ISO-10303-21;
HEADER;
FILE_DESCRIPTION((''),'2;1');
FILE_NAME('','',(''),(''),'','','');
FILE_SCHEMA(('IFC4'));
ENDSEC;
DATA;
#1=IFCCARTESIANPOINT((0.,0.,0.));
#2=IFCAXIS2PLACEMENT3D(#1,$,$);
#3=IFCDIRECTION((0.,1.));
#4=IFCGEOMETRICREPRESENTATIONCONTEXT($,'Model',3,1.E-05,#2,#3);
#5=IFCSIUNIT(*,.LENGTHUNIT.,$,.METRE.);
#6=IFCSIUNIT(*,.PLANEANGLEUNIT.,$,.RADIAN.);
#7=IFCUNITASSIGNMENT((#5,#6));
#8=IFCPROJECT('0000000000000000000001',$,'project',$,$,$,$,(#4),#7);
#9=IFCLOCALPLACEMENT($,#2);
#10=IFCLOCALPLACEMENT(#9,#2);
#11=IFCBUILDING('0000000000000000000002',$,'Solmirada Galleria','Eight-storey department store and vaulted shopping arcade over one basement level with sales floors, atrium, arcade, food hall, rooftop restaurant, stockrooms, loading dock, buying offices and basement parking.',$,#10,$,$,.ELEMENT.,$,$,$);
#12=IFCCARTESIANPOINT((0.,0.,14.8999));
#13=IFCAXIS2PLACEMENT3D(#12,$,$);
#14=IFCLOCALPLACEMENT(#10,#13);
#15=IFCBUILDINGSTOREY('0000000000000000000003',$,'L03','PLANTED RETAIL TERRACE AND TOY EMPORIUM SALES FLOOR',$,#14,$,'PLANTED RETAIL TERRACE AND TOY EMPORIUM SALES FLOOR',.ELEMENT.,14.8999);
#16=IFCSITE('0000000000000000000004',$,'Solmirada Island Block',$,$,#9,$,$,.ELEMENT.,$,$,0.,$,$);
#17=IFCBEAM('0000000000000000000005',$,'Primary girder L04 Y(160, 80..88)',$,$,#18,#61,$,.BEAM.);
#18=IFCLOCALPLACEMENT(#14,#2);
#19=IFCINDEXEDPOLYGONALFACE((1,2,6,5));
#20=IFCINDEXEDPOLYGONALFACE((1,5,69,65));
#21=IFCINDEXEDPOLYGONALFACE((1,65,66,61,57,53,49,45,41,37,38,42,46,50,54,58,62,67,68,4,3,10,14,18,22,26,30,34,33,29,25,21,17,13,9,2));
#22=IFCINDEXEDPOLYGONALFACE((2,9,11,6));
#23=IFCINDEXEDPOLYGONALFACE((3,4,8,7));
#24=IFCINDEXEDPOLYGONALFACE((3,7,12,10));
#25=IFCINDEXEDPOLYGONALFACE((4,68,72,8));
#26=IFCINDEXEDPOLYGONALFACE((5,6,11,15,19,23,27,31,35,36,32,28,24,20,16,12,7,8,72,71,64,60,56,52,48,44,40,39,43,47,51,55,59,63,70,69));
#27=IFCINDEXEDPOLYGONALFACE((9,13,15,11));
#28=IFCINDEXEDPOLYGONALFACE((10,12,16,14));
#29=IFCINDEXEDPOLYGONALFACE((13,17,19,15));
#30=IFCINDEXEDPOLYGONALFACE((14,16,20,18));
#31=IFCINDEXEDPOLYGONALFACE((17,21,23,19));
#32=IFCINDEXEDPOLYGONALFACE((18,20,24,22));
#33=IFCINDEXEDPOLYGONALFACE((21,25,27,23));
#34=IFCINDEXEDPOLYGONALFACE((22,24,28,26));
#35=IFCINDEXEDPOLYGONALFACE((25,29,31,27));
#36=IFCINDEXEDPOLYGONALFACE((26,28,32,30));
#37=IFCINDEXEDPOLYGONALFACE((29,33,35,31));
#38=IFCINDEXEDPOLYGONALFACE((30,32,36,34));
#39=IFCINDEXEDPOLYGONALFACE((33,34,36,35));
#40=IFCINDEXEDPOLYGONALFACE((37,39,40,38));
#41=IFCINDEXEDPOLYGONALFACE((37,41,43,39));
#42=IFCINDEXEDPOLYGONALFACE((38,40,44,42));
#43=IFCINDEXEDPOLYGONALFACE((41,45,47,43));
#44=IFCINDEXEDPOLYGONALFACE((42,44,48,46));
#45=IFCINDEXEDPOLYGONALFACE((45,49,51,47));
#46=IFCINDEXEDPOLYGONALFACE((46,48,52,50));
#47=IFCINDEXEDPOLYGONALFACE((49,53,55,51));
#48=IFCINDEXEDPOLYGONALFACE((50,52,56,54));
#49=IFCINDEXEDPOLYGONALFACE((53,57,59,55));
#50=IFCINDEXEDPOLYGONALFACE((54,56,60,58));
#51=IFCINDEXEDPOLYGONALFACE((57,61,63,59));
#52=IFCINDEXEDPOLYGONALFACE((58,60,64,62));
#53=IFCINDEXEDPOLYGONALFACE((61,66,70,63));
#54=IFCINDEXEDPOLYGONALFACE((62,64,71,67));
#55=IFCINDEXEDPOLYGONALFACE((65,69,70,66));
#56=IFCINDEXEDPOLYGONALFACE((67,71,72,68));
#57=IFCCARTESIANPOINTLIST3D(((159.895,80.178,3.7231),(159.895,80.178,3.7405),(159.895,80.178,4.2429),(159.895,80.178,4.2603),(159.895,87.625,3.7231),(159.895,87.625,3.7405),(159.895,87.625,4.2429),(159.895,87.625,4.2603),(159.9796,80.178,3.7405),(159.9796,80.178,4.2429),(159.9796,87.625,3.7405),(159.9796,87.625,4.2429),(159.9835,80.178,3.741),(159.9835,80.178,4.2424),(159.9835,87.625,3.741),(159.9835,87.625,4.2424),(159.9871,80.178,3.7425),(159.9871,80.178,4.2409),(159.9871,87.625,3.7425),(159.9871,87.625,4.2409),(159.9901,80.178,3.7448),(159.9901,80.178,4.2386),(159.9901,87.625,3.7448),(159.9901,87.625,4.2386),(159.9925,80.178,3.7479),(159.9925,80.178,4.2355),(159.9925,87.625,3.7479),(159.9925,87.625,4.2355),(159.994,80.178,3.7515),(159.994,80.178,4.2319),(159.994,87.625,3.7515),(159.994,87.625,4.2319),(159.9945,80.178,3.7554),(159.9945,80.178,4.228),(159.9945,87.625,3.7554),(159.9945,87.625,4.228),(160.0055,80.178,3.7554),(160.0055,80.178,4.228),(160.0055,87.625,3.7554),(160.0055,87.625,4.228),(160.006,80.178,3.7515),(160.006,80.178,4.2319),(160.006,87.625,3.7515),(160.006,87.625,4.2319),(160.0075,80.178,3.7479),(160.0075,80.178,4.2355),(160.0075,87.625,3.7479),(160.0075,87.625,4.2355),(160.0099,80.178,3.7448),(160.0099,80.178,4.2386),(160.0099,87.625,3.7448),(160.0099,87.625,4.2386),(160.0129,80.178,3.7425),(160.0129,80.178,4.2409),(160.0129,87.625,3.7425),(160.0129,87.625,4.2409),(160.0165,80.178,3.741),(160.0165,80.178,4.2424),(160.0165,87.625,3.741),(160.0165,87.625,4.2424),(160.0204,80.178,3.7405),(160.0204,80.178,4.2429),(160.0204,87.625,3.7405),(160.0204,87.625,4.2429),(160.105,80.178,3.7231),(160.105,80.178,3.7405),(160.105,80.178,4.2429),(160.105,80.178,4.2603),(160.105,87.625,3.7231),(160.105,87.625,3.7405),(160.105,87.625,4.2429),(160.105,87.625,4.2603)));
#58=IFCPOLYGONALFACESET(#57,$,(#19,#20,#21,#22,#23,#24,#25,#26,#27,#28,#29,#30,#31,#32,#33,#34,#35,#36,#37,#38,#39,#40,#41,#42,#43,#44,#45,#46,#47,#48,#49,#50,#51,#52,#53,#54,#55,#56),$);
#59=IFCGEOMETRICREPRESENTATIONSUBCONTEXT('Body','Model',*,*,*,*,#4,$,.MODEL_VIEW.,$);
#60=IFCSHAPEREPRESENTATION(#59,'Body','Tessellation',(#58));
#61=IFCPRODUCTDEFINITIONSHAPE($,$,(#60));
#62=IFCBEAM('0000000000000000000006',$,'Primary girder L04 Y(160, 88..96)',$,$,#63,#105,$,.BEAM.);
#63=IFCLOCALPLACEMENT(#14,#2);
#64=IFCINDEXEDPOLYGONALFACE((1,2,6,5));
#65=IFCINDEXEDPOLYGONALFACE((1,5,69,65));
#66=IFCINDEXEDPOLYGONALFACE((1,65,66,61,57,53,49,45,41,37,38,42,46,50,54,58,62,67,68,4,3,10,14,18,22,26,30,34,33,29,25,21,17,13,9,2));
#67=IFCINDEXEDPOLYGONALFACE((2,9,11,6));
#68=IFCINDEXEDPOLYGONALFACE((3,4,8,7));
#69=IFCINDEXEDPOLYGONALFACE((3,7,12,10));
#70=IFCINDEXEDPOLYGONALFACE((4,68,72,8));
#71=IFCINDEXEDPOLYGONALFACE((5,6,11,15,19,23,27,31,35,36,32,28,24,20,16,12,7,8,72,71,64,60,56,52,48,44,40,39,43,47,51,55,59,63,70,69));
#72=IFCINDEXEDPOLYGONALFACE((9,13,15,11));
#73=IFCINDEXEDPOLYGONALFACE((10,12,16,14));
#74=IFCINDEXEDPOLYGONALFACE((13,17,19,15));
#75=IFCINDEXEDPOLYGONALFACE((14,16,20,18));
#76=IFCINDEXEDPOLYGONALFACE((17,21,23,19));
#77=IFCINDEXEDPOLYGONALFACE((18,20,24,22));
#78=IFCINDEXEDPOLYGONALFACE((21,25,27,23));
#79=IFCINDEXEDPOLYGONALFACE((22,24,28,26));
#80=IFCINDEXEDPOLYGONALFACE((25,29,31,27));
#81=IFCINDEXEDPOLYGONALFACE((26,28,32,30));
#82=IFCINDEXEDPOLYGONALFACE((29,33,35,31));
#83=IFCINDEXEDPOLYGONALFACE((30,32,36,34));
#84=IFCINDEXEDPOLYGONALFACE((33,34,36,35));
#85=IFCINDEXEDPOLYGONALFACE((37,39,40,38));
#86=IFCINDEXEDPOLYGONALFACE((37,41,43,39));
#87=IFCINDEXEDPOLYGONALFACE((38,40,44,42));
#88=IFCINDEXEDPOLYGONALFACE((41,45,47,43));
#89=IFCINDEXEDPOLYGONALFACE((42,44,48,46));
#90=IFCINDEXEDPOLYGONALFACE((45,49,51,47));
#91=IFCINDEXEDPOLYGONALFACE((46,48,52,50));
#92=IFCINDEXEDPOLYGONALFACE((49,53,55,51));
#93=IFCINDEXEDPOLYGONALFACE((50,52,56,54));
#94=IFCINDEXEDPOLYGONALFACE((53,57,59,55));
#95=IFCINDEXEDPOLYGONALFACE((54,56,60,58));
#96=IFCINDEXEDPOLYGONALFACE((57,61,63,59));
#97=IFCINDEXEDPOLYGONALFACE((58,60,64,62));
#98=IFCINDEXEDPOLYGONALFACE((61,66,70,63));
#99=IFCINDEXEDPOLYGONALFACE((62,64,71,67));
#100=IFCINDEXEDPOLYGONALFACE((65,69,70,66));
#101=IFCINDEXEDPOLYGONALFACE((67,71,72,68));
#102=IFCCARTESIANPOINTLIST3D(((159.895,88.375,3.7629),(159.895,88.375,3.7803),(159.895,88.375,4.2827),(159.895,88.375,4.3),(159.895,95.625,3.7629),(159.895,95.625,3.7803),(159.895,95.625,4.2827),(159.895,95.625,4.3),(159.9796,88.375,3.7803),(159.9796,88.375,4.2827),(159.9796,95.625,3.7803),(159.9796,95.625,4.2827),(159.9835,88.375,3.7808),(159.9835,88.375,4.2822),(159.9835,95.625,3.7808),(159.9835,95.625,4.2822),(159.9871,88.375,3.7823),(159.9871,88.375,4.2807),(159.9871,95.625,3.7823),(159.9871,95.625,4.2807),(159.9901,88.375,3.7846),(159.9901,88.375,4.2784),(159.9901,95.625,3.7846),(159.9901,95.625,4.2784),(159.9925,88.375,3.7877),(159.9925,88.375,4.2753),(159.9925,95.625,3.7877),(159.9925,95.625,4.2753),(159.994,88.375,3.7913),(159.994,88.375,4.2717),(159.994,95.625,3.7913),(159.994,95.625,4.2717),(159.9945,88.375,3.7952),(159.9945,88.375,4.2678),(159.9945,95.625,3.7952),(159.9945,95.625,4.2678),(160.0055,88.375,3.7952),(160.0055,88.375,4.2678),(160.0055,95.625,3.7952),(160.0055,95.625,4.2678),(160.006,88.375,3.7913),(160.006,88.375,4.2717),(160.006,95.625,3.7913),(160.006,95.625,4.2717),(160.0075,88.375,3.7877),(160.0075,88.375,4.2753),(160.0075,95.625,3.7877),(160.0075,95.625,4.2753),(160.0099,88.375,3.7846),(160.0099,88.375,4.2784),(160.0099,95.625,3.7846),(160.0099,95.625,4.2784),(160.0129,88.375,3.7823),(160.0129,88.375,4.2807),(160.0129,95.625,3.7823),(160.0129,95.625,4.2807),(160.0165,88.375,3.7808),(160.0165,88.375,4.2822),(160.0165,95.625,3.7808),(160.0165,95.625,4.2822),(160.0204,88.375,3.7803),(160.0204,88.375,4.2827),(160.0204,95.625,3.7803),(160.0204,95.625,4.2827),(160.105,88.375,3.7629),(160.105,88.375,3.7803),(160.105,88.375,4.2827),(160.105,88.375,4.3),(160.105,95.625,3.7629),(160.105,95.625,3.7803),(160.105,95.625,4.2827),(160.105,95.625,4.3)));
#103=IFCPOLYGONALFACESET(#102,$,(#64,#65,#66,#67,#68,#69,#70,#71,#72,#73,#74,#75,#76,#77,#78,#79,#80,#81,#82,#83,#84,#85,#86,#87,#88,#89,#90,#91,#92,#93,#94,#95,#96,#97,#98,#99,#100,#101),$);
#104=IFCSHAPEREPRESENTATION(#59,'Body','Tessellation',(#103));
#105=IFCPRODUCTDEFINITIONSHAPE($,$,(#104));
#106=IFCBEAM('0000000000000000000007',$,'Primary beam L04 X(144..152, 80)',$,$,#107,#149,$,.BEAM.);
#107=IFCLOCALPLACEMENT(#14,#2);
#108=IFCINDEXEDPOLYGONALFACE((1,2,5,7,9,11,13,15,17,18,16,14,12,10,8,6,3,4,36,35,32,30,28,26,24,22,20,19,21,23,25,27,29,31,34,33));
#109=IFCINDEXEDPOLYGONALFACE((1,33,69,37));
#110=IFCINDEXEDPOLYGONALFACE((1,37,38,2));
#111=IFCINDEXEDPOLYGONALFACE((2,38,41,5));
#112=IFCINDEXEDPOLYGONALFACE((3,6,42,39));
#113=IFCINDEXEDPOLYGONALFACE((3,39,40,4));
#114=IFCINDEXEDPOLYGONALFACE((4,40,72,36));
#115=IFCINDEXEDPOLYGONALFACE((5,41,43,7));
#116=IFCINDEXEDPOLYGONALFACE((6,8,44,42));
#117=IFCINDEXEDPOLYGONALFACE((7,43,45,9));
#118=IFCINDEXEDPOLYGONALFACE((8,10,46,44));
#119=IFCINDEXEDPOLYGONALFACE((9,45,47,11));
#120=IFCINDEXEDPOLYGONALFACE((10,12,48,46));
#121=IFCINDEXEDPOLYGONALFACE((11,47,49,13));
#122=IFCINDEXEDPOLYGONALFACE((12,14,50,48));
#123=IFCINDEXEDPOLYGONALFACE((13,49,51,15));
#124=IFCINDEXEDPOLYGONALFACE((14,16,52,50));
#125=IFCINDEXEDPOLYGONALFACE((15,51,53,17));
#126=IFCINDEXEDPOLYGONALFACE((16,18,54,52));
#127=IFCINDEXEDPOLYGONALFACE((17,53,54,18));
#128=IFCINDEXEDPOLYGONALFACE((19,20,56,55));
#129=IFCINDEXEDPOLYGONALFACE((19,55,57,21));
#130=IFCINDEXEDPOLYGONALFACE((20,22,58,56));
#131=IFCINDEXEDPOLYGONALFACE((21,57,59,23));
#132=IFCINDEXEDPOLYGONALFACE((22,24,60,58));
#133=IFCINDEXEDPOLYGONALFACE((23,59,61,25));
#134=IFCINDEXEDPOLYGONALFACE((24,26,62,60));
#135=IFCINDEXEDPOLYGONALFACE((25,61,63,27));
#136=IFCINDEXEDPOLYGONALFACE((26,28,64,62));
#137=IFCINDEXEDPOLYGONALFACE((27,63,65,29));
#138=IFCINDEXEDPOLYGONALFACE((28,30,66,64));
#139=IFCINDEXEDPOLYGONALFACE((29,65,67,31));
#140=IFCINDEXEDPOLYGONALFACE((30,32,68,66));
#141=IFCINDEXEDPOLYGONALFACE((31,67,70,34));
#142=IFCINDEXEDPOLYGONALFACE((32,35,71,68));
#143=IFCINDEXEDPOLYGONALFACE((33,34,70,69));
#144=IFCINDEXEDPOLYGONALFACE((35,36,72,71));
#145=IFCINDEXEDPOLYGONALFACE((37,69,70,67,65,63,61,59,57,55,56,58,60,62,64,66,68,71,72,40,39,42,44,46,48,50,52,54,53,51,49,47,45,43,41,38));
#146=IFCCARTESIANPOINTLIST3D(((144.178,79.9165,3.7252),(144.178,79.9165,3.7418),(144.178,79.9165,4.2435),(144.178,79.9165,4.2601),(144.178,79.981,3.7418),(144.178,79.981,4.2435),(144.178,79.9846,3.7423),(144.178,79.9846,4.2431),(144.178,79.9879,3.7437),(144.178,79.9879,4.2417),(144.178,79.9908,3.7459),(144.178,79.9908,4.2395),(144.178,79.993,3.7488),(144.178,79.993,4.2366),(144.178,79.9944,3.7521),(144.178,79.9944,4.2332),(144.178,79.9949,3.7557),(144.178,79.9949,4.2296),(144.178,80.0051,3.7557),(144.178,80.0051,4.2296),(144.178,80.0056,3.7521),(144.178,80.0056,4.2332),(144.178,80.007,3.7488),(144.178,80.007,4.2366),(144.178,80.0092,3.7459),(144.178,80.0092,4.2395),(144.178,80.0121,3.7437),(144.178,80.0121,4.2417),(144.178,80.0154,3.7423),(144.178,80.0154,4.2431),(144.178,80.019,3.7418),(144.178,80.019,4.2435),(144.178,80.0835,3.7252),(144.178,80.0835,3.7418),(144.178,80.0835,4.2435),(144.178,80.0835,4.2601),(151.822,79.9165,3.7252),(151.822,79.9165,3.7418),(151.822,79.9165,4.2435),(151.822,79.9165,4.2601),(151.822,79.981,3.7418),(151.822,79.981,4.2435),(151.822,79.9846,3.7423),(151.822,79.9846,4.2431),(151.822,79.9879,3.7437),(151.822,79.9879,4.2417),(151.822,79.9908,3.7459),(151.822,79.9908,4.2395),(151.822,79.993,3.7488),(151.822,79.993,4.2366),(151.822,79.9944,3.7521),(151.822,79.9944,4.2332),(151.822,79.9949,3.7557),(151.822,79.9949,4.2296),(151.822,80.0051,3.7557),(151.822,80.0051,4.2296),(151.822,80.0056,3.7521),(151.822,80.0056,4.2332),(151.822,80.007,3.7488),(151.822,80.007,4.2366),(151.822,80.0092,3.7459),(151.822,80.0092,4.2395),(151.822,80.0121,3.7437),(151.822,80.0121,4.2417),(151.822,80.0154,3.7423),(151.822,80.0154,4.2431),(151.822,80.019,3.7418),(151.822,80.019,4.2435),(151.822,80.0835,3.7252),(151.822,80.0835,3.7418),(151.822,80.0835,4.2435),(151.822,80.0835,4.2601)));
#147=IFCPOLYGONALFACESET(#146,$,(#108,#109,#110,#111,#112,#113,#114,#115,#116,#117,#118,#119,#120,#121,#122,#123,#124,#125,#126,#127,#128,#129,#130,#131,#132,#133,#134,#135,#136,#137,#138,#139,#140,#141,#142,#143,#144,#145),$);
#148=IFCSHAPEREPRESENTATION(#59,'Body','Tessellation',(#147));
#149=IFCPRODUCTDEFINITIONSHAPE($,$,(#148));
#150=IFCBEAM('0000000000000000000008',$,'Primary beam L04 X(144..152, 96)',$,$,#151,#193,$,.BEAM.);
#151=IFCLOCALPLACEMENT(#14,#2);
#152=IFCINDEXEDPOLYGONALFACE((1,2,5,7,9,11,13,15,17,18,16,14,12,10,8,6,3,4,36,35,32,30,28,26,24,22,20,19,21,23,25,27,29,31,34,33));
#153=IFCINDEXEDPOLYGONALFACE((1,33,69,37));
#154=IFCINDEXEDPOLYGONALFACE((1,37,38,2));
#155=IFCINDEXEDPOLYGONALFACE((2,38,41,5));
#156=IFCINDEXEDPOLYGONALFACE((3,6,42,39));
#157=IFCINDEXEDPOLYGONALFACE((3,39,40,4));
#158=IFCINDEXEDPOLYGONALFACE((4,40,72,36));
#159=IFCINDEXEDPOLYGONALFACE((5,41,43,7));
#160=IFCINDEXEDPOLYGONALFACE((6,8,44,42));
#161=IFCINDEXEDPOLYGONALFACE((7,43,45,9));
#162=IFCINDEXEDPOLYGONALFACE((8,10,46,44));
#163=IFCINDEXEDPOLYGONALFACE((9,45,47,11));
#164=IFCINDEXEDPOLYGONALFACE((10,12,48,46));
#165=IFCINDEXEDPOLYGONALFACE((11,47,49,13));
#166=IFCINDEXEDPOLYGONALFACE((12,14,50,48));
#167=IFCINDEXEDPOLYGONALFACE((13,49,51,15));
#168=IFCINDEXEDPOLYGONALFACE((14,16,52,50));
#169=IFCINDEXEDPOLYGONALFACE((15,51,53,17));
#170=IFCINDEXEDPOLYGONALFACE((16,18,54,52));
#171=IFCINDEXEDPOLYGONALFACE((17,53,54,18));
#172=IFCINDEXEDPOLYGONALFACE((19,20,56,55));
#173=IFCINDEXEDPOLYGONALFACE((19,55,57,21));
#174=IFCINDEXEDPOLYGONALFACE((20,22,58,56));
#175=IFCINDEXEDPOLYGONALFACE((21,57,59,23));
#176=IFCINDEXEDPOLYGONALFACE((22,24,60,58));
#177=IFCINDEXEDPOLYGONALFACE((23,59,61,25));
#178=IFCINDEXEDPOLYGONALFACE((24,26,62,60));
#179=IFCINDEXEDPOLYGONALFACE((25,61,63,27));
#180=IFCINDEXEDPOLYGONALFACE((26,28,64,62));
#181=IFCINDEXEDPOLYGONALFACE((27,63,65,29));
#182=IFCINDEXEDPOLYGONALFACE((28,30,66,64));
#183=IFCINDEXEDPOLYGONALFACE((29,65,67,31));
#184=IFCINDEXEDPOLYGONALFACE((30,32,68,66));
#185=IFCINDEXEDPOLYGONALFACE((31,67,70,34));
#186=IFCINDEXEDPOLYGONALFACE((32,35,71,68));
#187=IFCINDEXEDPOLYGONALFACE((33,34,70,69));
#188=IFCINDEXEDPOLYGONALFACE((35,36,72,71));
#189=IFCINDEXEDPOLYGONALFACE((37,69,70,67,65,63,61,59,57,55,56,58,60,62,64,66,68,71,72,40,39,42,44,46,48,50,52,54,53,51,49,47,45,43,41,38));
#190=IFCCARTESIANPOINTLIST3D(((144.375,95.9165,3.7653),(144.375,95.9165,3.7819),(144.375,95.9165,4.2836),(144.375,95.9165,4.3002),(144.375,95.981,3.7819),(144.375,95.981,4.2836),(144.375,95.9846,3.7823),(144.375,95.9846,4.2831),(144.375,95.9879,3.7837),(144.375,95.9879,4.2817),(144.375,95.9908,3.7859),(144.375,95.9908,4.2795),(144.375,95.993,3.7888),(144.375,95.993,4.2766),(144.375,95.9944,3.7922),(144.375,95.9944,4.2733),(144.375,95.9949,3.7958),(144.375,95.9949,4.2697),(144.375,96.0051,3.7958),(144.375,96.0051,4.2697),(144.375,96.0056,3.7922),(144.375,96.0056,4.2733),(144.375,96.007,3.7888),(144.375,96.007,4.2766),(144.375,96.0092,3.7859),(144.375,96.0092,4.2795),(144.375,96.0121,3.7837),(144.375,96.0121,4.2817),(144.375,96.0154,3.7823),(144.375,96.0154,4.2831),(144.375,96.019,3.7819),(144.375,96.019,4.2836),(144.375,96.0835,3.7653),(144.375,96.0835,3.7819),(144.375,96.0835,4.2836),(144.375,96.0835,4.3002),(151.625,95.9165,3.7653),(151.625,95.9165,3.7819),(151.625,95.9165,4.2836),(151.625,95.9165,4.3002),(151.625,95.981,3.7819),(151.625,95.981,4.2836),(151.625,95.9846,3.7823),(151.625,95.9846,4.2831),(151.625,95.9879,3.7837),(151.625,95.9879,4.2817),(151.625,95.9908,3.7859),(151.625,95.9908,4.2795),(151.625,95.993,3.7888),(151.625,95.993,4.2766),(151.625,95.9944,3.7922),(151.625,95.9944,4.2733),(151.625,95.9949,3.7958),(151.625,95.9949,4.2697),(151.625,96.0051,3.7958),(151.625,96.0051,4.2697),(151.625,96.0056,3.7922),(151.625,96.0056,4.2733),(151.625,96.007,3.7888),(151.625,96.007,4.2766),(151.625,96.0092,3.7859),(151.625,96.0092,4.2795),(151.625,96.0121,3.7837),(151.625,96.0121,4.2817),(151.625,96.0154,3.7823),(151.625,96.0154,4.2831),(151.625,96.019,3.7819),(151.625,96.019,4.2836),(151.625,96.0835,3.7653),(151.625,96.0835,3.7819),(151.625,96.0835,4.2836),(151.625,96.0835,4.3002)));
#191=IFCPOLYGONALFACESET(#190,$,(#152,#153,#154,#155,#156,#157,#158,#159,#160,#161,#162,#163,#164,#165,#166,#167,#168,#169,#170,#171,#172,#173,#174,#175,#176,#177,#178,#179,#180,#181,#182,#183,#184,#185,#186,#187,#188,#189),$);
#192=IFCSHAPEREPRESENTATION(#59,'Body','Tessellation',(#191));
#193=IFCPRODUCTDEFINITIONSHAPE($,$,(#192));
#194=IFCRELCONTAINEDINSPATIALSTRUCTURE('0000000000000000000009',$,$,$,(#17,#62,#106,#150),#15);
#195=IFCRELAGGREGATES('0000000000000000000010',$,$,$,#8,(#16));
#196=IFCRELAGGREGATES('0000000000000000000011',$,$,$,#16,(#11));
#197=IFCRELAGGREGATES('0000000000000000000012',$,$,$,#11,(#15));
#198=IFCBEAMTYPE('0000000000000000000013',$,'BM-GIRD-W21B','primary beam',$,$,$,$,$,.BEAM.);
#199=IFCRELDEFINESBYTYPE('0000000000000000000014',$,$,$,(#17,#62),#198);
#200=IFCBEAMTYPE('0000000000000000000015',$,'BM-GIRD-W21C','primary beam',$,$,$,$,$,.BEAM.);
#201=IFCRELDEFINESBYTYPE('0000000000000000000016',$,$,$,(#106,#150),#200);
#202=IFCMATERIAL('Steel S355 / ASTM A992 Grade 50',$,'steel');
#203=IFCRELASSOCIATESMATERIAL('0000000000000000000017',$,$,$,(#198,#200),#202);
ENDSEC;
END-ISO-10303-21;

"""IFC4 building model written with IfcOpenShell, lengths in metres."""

from ifc_helpers import new_model, si_unit, direction, frame, origin, origin_2d, place, context, subcontext, project, spatial, i_section, extrude, material, material_profile, profile_set, type_object, element, save


model = new_model("IFC4")

# Units and contexts
model_context = context("Model", 3, precision=1e-05, world=origin(), true_north=direction((0.0, 1.0)))
body_context = subcontext(model_context, "Body", "Model", "MODEL_VIEW")
ifc_project = project(units=[si_unit("LENGTHUNIT", "METRE"), si_unit("PLANEANGLEUNIT", "RADIAN")], contexts=[model_context])

# Site, building, storey
site_placement = place(None, origin())
site = spatial("IfcSite", under=ifc_project, at=site_placement, Name="Solmirada Island Block", CompositionType="ELEMENT", RefElevation=0.0)
building_placement = place(site_placement, origin())
building = spatial("IfcBuilding", under=site, at=building_placement, Name="Solmirada Galleria", Description="Eight-storey department store and vaulted shopping arcade over one basement level with sales floors, atrium, arcade, food hall, rooftop restaurant, stockrooms, loading dock, buying offices and basement parking.", CompositionType="ELEMENT")
storey_placement = place(building_placement, frame((0.0, 0.0, 14.8999)))
storey = spatial("IfcBuildingStorey", under=building, at=storey_placement, Name="L03", Description="PLANTED RETAIL TERRACE AND TOY EMPORIUM SALES FLOOR", LongName="PLANTED RETAIL TERRACE AND TOY EMPORIUM SALES FLOOR", CompositionType="ELEMENT", Elevation=14.8999)

# Beams
ifc_material_1 = material(Name="Steel S355 / ASTM A992 Grade 50", Category="steel")
ifc_material_profile_1 = material_profile(ifc_material_1, i_section(OverallWidth=0.21, OverallDepth=0.5371, WebThickness=0.011, FlangeThickness=0.0173, FilletRadius=0.0149, at=origin_2d()), Name="W21X68")
ifc_profile_set_1 = profile_set([ifc_material_profile_1], Name="Steel S355 / ASTM A992 Grade 50")
beam_type_1 = type_object("IfcBeamType", Name="BM-GIRD-W21B", Description="primary beam", PredefinedType="BEAM", material=ifc_profile_set_1)
beam_1_placement = place(storey_placement, frame((160.0, 80.178, 3.9917), z_axis=(0.0, 1.0, 0.0), x_axis=(-1.0, 0.0, 0.0)))
element("IfcBeam", 1, at=beam_1_placement, inside=storey, type_object=beam_type_1, Name="Primary girder L04 Y(160, 80..88)", PredefinedType="BEAM", context=body_context, shape_type="SweptSolid", body=[
    extrude(i_section(OverallWidth=0.21, OverallDepth=0.5371, WebThickness=0.011, FlangeThickness=0.0173, FilletRadius=0.0149, at=origin_2d()), origin(), (0.0, 0.0, 1.0), 7.447),
])
beam_2_placement = place(storey_placement, frame((160.0, 88.375, 4.0315), z_axis=(0.0, 1.0, 0.0), x_axis=(-1.0, 0.0, 0.0)))
element("IfcBeam", 2, at=beam_2_placement, inside=storey, type_object=beam_type_1, Name="Primary girder L04 Y(160, 88..96)", PredefinedType="BEAM", context=body_context, shape_type="SweptSolid", body=[
    extrude(i_section(OverallWidth=0.21, OverallDepth=0.5371, WebThickness=0.011, FlangeThickness=0.0173, FilletRadius=0.0149, at=origin_2d()), origin(), (0.0, 0.0, 1.0), 7.25),
])
ifc_material_profile_2 = material_profile(ifc_material_1, i_section(OverallWidth=0.167, OverallDepth=0.5349, WebThickness=0.0103, FlangeThickness=0.0166, FilletRadius=0.0139, at=origin_2d()), Name="W21X57")
ifc_profile_set_2 = profile_set([ifc_material_profile_2], Name="Steel S355 / ASTM A992 Grade 50")
beam_type_2 = type_object("IfcBeamType", Name="BM-GIRD-W21C", Description="primary beam", PredefinedType="BEAM", material=ifc_profile_set_2)
beam_3_placement = place(storey_placement, frame((144.178, 80.0, 3.9927), z_axis=(1.0, 0.0, 0.0), x_axis=(0.0, 1.0, 0.0)))
element("IfcBeam", 3, at=beam_3_placement, inside=storey, type_object=beam_type_2, Name="Primary beam L04 X(144..152, 80)", PredefinedType="BEAM", context=body_context, shape_type="SweptSolid", body=[
    extrude(i_section(OverallWidth=0.167, OverallDepth=0.5349, WebThickness=0.0103, FlangeThickness=0.0166, FilletRadius=0.0139, at=origin_2d()), origin(), (0.0, 0.0, 1.0), 7.644),
])
beam_4_placement = place(storey_placement, frame((144.375, 96.0, 4.0327), z_axis=(1.0, 0.0, 0.0), x_axis=(0.0, 1.0, 0.0)))
element("IfcBeam", 4, at=beam_4_placement, inside=storey, type_object=beam_type_2, Name="Primary beam L04 X(144..152, 96)", PredefinedType="BEAM", context=body_context, shape_type="SweptSolid", body=[
    extrude(i_section(OverallWidth=0.167, OverallDepth=0.5349, WebThickness=0.0103, FlangeThickness=0.0166, FilletRadius=0.0139, at=origin_2d()), origin(), (0.0, 0.0, 1.0), 7.25),
])

save(model, "model.ifc")
